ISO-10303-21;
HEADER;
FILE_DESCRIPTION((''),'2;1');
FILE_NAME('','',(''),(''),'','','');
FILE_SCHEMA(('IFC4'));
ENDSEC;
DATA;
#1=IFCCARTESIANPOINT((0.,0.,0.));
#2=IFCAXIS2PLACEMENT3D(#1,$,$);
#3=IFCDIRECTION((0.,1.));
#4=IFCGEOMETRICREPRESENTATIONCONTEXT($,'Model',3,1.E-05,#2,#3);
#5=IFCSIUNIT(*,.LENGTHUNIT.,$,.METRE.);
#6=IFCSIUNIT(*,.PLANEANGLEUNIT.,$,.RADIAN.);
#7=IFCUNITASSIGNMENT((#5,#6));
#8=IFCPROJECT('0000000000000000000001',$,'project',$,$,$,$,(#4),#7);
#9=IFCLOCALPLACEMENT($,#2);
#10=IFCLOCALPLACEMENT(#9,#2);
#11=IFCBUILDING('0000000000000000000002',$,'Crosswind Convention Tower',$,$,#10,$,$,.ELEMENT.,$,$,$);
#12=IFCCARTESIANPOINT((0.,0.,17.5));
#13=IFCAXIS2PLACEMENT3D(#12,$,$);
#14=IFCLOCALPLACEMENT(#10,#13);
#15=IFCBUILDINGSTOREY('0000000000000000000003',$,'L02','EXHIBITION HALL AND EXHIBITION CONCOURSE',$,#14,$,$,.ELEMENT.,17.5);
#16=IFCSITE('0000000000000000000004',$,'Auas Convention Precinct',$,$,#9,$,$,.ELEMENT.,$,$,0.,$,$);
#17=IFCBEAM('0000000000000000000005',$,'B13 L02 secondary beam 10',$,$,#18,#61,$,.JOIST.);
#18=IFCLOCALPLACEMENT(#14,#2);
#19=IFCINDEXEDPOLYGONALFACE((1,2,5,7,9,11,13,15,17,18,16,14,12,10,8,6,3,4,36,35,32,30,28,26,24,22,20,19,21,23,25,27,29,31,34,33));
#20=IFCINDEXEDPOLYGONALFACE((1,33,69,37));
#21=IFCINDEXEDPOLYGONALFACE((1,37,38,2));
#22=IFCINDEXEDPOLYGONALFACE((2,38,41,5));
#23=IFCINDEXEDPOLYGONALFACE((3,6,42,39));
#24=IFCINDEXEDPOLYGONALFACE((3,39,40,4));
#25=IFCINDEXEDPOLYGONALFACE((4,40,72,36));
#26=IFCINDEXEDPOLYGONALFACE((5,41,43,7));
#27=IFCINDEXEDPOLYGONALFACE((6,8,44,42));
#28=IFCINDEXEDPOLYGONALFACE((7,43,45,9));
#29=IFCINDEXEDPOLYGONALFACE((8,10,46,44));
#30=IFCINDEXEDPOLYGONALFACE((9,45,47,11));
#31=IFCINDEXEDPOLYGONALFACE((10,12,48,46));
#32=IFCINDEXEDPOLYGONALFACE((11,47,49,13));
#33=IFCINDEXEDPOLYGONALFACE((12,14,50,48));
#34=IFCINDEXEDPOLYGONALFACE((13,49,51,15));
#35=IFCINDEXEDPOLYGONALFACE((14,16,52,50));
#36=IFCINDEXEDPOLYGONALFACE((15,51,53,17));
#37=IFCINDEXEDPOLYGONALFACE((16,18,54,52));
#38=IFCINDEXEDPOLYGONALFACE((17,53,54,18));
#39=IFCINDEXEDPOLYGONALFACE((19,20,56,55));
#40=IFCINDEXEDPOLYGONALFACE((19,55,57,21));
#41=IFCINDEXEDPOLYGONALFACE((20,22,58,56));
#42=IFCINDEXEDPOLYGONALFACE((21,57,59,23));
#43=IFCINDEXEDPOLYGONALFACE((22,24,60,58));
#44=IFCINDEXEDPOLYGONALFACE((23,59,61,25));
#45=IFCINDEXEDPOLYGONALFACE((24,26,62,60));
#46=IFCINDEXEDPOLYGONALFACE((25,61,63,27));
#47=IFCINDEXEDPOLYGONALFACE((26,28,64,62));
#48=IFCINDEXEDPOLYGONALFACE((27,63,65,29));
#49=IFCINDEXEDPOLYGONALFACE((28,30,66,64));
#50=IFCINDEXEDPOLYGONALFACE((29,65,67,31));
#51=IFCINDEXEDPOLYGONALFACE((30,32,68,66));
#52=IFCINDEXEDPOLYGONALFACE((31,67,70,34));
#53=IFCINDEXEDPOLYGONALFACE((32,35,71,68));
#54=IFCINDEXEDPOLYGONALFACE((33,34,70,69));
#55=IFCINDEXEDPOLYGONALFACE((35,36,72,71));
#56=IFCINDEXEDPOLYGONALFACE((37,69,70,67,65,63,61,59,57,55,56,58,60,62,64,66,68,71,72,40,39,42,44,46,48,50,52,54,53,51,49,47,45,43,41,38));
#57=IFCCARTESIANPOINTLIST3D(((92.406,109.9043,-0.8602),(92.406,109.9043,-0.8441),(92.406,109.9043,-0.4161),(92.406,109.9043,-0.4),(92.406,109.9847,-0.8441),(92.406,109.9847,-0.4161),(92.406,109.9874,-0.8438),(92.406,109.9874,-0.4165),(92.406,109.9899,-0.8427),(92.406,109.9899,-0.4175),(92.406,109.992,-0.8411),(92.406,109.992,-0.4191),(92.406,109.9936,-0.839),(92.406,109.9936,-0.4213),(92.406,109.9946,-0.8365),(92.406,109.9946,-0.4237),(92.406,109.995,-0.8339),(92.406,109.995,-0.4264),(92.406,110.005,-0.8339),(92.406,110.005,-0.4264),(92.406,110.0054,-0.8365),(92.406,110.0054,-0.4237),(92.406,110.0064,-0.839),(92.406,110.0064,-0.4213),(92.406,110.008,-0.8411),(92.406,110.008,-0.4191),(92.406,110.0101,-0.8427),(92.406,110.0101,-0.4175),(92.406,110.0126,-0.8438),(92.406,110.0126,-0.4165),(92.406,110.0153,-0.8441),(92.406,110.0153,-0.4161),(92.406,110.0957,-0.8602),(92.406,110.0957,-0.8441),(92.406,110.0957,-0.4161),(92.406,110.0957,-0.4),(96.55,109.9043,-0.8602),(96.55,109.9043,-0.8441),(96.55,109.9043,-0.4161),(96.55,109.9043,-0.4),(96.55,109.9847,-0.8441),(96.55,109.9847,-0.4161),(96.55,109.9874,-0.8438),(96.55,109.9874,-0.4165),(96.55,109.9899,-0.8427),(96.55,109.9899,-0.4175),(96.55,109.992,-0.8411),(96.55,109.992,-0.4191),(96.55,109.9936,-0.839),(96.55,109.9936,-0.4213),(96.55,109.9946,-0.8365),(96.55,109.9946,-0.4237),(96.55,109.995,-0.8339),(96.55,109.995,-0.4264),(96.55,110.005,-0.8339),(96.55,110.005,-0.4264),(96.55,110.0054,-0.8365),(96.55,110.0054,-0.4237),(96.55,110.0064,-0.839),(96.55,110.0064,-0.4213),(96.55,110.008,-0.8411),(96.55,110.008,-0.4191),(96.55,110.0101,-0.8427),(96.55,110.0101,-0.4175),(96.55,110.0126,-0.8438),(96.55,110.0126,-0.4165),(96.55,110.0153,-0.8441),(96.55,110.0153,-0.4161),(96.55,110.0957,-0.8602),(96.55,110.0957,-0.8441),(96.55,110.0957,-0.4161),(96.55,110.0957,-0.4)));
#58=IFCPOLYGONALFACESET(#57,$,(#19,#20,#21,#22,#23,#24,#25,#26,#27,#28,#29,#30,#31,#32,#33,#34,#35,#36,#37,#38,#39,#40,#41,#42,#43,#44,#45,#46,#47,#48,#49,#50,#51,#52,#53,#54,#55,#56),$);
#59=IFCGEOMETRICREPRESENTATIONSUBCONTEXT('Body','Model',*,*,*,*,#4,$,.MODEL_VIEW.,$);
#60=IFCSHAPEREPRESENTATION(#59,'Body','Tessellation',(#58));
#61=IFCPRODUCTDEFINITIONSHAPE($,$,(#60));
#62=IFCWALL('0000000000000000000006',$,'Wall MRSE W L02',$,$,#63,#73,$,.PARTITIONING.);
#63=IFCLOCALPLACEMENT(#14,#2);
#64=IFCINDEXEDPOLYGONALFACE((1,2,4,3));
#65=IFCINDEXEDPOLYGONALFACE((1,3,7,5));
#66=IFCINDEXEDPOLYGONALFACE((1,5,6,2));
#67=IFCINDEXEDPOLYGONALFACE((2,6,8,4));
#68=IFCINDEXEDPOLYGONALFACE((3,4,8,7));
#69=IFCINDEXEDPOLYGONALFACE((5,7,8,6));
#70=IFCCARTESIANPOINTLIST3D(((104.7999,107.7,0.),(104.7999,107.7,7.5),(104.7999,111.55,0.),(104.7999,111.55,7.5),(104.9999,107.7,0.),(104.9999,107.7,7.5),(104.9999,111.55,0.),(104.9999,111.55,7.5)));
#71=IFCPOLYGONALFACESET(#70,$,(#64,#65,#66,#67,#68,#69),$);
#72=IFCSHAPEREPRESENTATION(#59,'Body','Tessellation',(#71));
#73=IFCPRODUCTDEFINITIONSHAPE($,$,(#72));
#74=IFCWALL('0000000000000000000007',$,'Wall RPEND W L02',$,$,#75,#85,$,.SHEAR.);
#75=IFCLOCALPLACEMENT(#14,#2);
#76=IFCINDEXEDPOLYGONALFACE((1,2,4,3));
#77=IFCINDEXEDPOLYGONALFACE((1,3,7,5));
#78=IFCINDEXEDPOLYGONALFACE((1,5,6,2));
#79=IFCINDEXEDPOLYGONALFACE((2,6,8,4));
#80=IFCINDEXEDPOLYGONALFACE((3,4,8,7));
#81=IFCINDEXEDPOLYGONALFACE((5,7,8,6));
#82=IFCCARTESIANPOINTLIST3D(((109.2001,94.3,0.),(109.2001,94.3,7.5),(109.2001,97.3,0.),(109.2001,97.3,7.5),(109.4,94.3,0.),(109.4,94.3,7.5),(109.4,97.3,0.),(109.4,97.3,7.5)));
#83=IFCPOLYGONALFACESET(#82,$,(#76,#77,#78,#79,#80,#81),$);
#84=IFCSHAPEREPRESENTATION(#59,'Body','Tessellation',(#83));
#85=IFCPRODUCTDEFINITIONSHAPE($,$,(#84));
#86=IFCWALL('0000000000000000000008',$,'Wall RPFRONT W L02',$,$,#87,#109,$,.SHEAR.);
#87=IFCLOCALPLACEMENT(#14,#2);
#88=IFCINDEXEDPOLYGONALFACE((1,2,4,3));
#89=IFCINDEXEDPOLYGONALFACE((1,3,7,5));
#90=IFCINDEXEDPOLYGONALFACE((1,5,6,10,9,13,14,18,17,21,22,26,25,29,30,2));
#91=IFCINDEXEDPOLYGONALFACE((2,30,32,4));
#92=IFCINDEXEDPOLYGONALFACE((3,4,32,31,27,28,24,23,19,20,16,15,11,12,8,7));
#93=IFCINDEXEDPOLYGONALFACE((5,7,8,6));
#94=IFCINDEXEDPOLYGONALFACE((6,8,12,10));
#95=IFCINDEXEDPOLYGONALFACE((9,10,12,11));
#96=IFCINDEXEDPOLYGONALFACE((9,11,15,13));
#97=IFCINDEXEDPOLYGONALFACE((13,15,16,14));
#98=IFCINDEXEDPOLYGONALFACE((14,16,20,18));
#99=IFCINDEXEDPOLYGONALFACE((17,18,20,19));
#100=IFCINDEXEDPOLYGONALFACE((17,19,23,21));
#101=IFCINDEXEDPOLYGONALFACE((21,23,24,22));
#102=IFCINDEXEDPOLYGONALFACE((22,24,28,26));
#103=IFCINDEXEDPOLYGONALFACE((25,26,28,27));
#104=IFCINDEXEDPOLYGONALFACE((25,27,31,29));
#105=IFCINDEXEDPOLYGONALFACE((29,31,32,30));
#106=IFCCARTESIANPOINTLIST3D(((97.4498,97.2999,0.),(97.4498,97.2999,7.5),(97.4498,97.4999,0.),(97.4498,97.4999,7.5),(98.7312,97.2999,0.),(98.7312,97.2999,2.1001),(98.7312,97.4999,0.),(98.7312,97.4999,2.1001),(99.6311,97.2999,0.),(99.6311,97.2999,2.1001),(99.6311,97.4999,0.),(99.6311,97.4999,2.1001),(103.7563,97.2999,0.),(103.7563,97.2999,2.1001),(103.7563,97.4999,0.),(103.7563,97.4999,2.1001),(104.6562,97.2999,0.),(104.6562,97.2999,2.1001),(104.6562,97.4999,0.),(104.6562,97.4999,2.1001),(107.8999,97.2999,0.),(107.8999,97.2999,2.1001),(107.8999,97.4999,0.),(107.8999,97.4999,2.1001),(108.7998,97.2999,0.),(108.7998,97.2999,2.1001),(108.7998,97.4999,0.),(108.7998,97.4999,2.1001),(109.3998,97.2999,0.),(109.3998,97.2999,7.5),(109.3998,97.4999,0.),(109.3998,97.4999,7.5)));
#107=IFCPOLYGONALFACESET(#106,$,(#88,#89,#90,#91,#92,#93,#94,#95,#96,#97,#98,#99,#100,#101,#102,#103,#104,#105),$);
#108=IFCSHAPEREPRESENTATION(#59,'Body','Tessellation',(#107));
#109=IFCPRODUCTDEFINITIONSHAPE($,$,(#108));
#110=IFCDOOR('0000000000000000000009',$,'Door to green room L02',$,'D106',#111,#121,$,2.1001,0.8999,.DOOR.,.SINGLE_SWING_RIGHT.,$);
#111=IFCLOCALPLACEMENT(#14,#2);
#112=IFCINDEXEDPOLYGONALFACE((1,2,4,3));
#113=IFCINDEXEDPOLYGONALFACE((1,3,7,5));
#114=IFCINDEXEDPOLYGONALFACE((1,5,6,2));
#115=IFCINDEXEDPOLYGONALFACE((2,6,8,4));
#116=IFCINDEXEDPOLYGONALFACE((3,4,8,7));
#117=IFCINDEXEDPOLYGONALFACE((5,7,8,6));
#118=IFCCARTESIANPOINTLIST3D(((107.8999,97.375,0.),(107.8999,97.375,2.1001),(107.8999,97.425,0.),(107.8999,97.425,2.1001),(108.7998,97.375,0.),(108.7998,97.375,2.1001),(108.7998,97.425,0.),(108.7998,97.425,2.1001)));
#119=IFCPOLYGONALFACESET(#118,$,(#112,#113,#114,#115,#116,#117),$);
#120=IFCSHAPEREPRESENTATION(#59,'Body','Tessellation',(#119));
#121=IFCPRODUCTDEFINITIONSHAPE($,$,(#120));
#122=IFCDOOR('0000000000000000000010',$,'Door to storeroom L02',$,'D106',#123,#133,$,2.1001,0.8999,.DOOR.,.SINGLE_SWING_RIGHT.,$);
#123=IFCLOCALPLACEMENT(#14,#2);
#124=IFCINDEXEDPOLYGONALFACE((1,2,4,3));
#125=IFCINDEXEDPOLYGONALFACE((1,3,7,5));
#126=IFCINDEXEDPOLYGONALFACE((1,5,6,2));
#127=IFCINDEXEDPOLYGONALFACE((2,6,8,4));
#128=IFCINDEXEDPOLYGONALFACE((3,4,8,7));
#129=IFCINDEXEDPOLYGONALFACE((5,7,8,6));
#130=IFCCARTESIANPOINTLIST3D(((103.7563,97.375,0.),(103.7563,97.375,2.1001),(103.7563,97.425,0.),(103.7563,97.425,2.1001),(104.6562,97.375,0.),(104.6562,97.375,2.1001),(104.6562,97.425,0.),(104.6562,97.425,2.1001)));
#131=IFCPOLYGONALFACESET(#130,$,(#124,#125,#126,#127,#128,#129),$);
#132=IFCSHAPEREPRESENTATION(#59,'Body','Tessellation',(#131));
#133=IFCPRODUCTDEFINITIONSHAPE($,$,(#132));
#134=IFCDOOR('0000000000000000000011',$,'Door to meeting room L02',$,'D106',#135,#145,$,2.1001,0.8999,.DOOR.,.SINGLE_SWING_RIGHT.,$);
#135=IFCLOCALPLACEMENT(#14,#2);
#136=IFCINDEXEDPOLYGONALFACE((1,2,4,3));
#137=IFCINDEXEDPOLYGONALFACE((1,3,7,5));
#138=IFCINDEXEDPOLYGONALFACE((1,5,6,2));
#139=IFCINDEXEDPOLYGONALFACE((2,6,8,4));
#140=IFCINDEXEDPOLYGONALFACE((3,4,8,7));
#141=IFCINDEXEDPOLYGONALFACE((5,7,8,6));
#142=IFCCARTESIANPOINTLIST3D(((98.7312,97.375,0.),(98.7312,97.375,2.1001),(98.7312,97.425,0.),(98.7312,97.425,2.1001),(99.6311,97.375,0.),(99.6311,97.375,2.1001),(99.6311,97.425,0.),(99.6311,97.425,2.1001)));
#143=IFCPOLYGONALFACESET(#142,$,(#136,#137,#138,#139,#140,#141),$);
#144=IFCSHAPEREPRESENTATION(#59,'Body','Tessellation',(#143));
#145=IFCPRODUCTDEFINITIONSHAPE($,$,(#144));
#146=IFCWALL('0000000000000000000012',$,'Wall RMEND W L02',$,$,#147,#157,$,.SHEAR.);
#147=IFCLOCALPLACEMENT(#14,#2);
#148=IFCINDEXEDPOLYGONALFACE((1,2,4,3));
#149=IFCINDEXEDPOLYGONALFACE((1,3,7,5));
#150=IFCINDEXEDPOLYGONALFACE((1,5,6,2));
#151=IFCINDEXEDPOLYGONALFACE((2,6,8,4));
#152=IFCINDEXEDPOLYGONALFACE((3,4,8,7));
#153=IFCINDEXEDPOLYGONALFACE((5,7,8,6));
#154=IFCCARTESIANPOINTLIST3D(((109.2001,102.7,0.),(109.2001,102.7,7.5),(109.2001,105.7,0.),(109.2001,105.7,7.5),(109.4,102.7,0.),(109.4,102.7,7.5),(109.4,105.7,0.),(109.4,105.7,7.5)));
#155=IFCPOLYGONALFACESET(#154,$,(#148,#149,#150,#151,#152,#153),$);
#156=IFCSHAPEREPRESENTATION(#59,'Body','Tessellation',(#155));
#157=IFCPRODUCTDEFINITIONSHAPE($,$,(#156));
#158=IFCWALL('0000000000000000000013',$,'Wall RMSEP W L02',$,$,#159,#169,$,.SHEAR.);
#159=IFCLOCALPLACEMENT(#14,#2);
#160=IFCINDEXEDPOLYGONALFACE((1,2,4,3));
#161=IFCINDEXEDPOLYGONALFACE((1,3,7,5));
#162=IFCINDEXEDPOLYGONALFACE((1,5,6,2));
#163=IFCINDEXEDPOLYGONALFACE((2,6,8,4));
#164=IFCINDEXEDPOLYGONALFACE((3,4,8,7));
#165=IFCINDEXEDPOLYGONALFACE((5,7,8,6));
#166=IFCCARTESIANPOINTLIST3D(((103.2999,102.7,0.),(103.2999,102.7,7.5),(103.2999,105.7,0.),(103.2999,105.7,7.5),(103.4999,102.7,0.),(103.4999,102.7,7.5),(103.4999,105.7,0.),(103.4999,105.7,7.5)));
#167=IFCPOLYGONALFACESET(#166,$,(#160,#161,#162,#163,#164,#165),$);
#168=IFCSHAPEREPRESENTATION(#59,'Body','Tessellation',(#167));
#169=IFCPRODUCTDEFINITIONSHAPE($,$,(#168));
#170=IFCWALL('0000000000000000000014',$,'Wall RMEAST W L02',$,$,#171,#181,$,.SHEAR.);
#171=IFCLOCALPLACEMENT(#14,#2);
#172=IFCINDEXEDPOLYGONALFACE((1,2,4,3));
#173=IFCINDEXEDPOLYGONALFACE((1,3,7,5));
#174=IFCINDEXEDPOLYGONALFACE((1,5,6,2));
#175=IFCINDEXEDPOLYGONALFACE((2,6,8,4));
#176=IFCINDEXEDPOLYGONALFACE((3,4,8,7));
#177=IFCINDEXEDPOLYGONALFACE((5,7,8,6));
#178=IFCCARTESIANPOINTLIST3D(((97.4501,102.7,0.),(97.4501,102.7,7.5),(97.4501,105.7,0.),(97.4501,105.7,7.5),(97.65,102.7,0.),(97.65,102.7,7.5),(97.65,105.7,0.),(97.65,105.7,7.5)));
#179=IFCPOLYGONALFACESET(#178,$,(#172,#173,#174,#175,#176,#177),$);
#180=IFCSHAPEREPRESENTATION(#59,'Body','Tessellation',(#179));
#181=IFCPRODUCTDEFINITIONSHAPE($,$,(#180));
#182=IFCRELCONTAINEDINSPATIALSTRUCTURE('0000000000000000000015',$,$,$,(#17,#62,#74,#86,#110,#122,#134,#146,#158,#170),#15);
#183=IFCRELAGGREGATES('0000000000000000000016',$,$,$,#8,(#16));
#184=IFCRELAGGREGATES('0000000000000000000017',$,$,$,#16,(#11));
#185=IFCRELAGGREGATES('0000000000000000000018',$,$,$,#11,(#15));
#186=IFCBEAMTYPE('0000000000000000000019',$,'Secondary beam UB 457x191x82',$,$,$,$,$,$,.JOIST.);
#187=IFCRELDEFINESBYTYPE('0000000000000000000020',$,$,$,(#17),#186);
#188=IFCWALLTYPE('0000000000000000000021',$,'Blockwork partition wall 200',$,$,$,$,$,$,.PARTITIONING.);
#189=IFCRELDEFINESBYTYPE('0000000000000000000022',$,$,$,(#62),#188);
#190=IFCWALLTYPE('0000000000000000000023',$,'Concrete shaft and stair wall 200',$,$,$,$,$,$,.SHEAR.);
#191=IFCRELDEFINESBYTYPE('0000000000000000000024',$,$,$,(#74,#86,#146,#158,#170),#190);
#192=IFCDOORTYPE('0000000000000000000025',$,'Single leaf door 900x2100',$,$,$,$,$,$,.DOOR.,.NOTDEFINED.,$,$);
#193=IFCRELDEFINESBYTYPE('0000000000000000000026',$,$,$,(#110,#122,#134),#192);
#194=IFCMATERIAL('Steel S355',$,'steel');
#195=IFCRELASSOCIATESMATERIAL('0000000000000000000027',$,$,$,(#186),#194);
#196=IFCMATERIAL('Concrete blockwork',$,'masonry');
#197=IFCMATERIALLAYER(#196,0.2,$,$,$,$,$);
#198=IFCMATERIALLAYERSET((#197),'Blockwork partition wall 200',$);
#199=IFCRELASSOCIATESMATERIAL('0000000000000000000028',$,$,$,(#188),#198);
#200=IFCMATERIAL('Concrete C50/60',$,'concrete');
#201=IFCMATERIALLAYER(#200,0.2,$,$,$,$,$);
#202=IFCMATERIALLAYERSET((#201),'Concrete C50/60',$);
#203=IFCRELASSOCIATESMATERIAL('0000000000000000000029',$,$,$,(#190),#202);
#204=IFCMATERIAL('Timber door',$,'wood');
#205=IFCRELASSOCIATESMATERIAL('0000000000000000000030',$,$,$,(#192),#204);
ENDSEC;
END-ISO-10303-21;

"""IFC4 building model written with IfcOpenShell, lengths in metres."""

from ifc_helpers import new_model, si_unit, direction, frame, frame_2d, origin, origin_2d, place, context, subcontext, project, spatial, rectangle, i_section, extrude, material, layer, layer_set, material_profile, profile_set, type_object, element, fill, save


model = new_model("IFC4")

# Units and contexts
model_context = context("Model", 3, precision=1e-05, world=origin(), true_north=direction((0.0, 1.0)))
body_context = subcontext(model_context, "Body", "Model", "MODEL_VIEW")
ifc_project = project(units=[si_unit("LENGTHUNIT", "METRE"), si_unit("PLANEANGLEUNIT", "RADIAN")], contexts=[model_context])

# Site, building, storey
site_placement = place(None, origin())
site = spatial("IfcSite", under=ifc_project, at=site_placement, Name="Auas Convention Precinct", CompositionType="ELEMENT", RefElevation=0.0)
building_placement = place(site_placement, origin())
building = spatial("IfcBuilding", under=site, at=building_placement, Name="Crosswind Convention Tower", CompositionType="ELEMENT")
storey_placement = place(building_placement, frame((0.0, 0.0, 17.5)))
storey = spatial("IfcBuildingStorey", under=building, at=storey_placement, Name="L02", Description="EXHIBITION HALL AND EXHIBITION CONCOURSE", CompositionType="ELEMENT", Elevation=17.5)

# Beam
ifc_material_1 = material(Name="Steel S355", Category="steel")
ifc_material_profile = material_profile(ifc_material_1, i_section(OverallWidth=0.1914, OverallDepth=0.4602, WebThickness=0.01, FlangeThickness=0.0161, FilletRadius=0.0103, at=origin_2d()), Name="UB 457x191x82")
ifc_profile_set = profile_set([ifc_material_profile], Name="Steel S355")
beam_type = type_object("IfcBeamType", Name="Secondary beam UB 457x191x82", PredefinedType="JOIST", material=ifc_profile_set)
beam_placement = place(storey_placement, frame((92.406, 110.0, -0.6301), z_axis=(1.0, 0.0, 0.0), x_axis=(0.0, 1.0, 0.0)))
element("IfcBeam", 1, at=beam_placement, inside=storey, type_object=beam_type, Name="B13 L02 secondary beam 10", PredefinedType="JOIST", context=body_context, shape_type="SweptSolid", body=[
    extrude(i_section(OverallWidth=0.1914, OverallDepth=0.4602, WebThickness=0.01, FlangeThickness=0.0161, FilletRadius=0.0103, at=origin_2d()), origin(), (0.0, 0.0, 1.0), 4.144),
])

# Wall
ifc_material_2 = material(Name="Concrete blockwork", Category="masonry")
ifc_layer_1 = layer(ifc_material_2, 0.2)
ifc_layer_set_1 = layer_set([ifc_layer_1], Name="Blockwork partition wall 200")
wall_type_1 = type_object("IfcWallType", Name="Blockwork partition wall 200", PredefinedType="PARTITIONING", material=ifc_layer_set_1)
wall_1_placement = place(storey_placement, frame((104.8999, 111.55, 0.0), z_axis=(0.0, 0.0, 1.0), x_axis=(0.0, -1.0, 0.0)))
element("IfcWall", 2, at=wall_1_placement, inside=storey, type_object=wall_type_1, Name="Wall MRSE W L02", PredefinedType="PARTITIONING", context=body_context, shape_type="SweptSolid", body=[
    extrude(rectangle(XDim=3.8501, YDim=0.2, at=frame_2d((1.925, 0.0))), origin(), (0.0, 0.0, 1.0), 7.5),
])

# Wall
ifc_material_3 = material(Name="Concrete C50/60", Category="concrete")
ifc_layer_2 = layer(ifc_material_3, 0.2)
ifc_layer_set_2 = layer_set([ifc_layer_2], Name="Concrete C50/60")
wall_type_2 = type_object("IfcWallType", Name="Concrete shaft and stair wall 200", PredefinedType="SHEAR", material=ifc_layer_set_2)
wall_2_placement = place(storey_placement, frame((109.3, 97.3, 0.0), z_axis=(0.0, 0.0, 1.0), x_axis=(0.0, -1.0, 0.0)))
element("IfcWall", 3, at=wall_2_placement, inside=storey, type_object=wall_type_2, Name="Wall RPEND W L02", PredefinedType="SHEAR", context=body_context, shape_type="SweptSolid", body=[
    extrude(rectangle(XDim=3.0, YDim=0.2, at=frame_2d((1.5, 0.0))), origin(), (0.0, 0.0, 1.0), 7.5),
])

# Wall, openings, doors
wall_3_placement = place(storey_placement, frame((109.3999, 97.3999, 0.0), z_axis=(0.0, 0.0, 1.0), x_axis=(-1.0, 0.0, 0.0)))
wall_3 = element("IfcWall", 4, at=wall_3_placement, inside=storey, type_object=wall_type_2, Name="Wall RPFRONT W L02", PredefinedType="SHEAR", context=body_context, shape_type="SweptSolid", body=[
    extrude(rectangle(XDim=11.95, YDim=0.2, at=frame_2d((5.9751, 0.0))), origin(), (0.0, 0.0, 1.0), 7.5),
])
opening_1_placement = place(wall_3_placement, frame((0.6001, 0.0, 0.0)))
opening_1 = element("IfcOpeningElement", 5, at=opening_1_placement, cuts=wall_3, PredefinedType="OPENING", context=body_context, shape_type="SweptSolid", body=[
    extrude(rectangle(XDim=0.8999, YDim=2.1001, at=frame_2d((0.45, 1.05))), frame((0.0, 0.1099, 0.0), z_axis=(0.0, -1.0, 0.0), x_axis=(1.0, 0.0, 0.0)), (0.0, 0.0, 1.0), 0.22),
])
opening_2_placement = place(wall_3_placement, frame((4.7437, 0.0, 0.0)))
opening_2 = element("IfcOpeningElement", 6, at=opening_2_placement, cuts=wall_3, PredefinedType="OPENING", context=body_context, shape_type="SweptSolid", body=[
    extrude(rectangle(XDim=0.8999, YDim=2.1001, at=frame_2d((0.45, 1.05))), frame((0.0, 0.1099, 0.0), z_axis=(0.0, -1.0, 0.0), x_axis=(1.0, 0.0, 0.0)), (0.0, 0.0, 1.0), 0.22),
])
opening_3_placement = place(wall_3_placement, frame((9.7688, 0.0, 0.0)))
opening_3 = element("IfcOpeningElement", 7, at=opening_3_placement, cuts=wall_3, PredefinedType="OPENING", context=body_context, shape_type="SweptSolid", body=[
    extrude(rectangle(XDim=0.8999, YDim=2.1001, at=frame_2d((0.45, 1.05))), frame((0.0, 0.1099, 0.0), z_axis=(0.0, -1.0, 0.0), x_axis=(1.0, 0.0, 0.0)), (0.0, 0.0, 1.0), 0.22),
])
ifc_material_4 = material(Name="Timber door", Category="wood")
door_type_1 = type_object("IfcDoorType", Name="Single leaf door 900x2100", OperationType="NOTDEFINED", PredefinedType="DOOR", material=ifc_material_4)
door_1_placement = place(opening_1_placement, origin())
door_1 = element("IfcDoor", 8, at=door_1_placement, inside=storey, type_object=door_type_1, Name="Door to green room L02", ObjectType="D106", OperationType="SINGLE_SWING_RIGHT", OverallHeight=2.1001, OverallWidth=0.8999, PredefinedType="DOOR", context=body_context, shape_type="SweptSolid", body=[
    extrude(rectangle(XDim=0.8999, YDim=2.1001, at=frame_2d((0.45, 1.05))), frame((0.0, 0.0249, 0.0), z_axis=(0.0, -1.0, 0.0), x_axis=(1.0, 0.0, 0.0)), (0.0, 0.0, 1.0), 0.05),
])
fill(opening_1, door_1)
door_2_placement = place(opening_2_placement, origin())
door_2 = element("IfcDoor", 9, at=door_2_placement, inside=storey, type_object=door_type_1, Name="Door to storeroom L02", ObjectType="D106", OperationType="SINGLE_SWING_RIGHT", OverallHeight=2.1001, OverallWidth=0.8999, PredefinedType="DOOR", context=body_context, shape_type="SweptSolid", body=[
    extrude(rectangle(XDim=0.8999, YDim=2.1001, at=frame_2d((0.45, 1.05))), frame((0.0, 0.0249, 0.0), z_axis=(0.0, -1.0, 0.0), x_axis=(1.0, 0.0, 0.0)), (0.0, 0.0, 1.0), 0.05),
])
fill(opening_2, door_2)
door_3_placement = place(opening_3_placement, origin())
door_3 = element("IfcDoor", 10, at=door_3_placement, inside=storey, type_object=door_type_1, Name="Door to meeting room L02", ObjectType="D106", OperationType="SINGLE_SWING_RIGHT", OverallHeight=2.1001, OverallWidth=0.8999, PredefinedType="DOOR", context=body_context, shape_type="SweptSolid", body=[
    extrude(rectangle(XDim=0.8999, YDim=2.1001, at=frame_2d((0.45, 1.05))), frame((0.0, 0.0249, 0.0), z_axis=(0.0, -1.0, 0.0), x_axis=(1.0, 0.0, 0.0)), (0.0, 0.0, 1.0), 0.05),
])
fill(opening_3, door_3)

# Walls
for number, where, z_axis, x_axis, name in (
    (11, (109.3, 105.7, 0.0), (0.0, 0.0, 1.0), (0.0, -1.0, 0.0), "Wall RMEND W L02"),
    (12, (103.3999, 105.7, 0.0), (0.0, 0.0, 1.0), (0.0, -1.0, 0.0), "Wall RMSEP W L02"),
    (13, (97.55, 105.7, 0.0), (0.0, 0.0, 1.0), (0.0, -1.0, 0.0), "Wall RMEAST W L02"),
):
    element("IfcWall", number, at=place(storey_placement, frame(where, z_axis=z_axis, x_axis=x_axis)), inside=storey, type_object=wall_type_2, Name=name, PredefinedType="SHEAR", context=body_context, shape_type="SweptSolid", body=[
        extrude(rectangle(XDim=3.0, YDim=0.2, at=frame_2d((1.5, 0.0))), origin(), (0.0, 0.0, 1.0), 7.5),
    ])

save(model, "model.ifc")
